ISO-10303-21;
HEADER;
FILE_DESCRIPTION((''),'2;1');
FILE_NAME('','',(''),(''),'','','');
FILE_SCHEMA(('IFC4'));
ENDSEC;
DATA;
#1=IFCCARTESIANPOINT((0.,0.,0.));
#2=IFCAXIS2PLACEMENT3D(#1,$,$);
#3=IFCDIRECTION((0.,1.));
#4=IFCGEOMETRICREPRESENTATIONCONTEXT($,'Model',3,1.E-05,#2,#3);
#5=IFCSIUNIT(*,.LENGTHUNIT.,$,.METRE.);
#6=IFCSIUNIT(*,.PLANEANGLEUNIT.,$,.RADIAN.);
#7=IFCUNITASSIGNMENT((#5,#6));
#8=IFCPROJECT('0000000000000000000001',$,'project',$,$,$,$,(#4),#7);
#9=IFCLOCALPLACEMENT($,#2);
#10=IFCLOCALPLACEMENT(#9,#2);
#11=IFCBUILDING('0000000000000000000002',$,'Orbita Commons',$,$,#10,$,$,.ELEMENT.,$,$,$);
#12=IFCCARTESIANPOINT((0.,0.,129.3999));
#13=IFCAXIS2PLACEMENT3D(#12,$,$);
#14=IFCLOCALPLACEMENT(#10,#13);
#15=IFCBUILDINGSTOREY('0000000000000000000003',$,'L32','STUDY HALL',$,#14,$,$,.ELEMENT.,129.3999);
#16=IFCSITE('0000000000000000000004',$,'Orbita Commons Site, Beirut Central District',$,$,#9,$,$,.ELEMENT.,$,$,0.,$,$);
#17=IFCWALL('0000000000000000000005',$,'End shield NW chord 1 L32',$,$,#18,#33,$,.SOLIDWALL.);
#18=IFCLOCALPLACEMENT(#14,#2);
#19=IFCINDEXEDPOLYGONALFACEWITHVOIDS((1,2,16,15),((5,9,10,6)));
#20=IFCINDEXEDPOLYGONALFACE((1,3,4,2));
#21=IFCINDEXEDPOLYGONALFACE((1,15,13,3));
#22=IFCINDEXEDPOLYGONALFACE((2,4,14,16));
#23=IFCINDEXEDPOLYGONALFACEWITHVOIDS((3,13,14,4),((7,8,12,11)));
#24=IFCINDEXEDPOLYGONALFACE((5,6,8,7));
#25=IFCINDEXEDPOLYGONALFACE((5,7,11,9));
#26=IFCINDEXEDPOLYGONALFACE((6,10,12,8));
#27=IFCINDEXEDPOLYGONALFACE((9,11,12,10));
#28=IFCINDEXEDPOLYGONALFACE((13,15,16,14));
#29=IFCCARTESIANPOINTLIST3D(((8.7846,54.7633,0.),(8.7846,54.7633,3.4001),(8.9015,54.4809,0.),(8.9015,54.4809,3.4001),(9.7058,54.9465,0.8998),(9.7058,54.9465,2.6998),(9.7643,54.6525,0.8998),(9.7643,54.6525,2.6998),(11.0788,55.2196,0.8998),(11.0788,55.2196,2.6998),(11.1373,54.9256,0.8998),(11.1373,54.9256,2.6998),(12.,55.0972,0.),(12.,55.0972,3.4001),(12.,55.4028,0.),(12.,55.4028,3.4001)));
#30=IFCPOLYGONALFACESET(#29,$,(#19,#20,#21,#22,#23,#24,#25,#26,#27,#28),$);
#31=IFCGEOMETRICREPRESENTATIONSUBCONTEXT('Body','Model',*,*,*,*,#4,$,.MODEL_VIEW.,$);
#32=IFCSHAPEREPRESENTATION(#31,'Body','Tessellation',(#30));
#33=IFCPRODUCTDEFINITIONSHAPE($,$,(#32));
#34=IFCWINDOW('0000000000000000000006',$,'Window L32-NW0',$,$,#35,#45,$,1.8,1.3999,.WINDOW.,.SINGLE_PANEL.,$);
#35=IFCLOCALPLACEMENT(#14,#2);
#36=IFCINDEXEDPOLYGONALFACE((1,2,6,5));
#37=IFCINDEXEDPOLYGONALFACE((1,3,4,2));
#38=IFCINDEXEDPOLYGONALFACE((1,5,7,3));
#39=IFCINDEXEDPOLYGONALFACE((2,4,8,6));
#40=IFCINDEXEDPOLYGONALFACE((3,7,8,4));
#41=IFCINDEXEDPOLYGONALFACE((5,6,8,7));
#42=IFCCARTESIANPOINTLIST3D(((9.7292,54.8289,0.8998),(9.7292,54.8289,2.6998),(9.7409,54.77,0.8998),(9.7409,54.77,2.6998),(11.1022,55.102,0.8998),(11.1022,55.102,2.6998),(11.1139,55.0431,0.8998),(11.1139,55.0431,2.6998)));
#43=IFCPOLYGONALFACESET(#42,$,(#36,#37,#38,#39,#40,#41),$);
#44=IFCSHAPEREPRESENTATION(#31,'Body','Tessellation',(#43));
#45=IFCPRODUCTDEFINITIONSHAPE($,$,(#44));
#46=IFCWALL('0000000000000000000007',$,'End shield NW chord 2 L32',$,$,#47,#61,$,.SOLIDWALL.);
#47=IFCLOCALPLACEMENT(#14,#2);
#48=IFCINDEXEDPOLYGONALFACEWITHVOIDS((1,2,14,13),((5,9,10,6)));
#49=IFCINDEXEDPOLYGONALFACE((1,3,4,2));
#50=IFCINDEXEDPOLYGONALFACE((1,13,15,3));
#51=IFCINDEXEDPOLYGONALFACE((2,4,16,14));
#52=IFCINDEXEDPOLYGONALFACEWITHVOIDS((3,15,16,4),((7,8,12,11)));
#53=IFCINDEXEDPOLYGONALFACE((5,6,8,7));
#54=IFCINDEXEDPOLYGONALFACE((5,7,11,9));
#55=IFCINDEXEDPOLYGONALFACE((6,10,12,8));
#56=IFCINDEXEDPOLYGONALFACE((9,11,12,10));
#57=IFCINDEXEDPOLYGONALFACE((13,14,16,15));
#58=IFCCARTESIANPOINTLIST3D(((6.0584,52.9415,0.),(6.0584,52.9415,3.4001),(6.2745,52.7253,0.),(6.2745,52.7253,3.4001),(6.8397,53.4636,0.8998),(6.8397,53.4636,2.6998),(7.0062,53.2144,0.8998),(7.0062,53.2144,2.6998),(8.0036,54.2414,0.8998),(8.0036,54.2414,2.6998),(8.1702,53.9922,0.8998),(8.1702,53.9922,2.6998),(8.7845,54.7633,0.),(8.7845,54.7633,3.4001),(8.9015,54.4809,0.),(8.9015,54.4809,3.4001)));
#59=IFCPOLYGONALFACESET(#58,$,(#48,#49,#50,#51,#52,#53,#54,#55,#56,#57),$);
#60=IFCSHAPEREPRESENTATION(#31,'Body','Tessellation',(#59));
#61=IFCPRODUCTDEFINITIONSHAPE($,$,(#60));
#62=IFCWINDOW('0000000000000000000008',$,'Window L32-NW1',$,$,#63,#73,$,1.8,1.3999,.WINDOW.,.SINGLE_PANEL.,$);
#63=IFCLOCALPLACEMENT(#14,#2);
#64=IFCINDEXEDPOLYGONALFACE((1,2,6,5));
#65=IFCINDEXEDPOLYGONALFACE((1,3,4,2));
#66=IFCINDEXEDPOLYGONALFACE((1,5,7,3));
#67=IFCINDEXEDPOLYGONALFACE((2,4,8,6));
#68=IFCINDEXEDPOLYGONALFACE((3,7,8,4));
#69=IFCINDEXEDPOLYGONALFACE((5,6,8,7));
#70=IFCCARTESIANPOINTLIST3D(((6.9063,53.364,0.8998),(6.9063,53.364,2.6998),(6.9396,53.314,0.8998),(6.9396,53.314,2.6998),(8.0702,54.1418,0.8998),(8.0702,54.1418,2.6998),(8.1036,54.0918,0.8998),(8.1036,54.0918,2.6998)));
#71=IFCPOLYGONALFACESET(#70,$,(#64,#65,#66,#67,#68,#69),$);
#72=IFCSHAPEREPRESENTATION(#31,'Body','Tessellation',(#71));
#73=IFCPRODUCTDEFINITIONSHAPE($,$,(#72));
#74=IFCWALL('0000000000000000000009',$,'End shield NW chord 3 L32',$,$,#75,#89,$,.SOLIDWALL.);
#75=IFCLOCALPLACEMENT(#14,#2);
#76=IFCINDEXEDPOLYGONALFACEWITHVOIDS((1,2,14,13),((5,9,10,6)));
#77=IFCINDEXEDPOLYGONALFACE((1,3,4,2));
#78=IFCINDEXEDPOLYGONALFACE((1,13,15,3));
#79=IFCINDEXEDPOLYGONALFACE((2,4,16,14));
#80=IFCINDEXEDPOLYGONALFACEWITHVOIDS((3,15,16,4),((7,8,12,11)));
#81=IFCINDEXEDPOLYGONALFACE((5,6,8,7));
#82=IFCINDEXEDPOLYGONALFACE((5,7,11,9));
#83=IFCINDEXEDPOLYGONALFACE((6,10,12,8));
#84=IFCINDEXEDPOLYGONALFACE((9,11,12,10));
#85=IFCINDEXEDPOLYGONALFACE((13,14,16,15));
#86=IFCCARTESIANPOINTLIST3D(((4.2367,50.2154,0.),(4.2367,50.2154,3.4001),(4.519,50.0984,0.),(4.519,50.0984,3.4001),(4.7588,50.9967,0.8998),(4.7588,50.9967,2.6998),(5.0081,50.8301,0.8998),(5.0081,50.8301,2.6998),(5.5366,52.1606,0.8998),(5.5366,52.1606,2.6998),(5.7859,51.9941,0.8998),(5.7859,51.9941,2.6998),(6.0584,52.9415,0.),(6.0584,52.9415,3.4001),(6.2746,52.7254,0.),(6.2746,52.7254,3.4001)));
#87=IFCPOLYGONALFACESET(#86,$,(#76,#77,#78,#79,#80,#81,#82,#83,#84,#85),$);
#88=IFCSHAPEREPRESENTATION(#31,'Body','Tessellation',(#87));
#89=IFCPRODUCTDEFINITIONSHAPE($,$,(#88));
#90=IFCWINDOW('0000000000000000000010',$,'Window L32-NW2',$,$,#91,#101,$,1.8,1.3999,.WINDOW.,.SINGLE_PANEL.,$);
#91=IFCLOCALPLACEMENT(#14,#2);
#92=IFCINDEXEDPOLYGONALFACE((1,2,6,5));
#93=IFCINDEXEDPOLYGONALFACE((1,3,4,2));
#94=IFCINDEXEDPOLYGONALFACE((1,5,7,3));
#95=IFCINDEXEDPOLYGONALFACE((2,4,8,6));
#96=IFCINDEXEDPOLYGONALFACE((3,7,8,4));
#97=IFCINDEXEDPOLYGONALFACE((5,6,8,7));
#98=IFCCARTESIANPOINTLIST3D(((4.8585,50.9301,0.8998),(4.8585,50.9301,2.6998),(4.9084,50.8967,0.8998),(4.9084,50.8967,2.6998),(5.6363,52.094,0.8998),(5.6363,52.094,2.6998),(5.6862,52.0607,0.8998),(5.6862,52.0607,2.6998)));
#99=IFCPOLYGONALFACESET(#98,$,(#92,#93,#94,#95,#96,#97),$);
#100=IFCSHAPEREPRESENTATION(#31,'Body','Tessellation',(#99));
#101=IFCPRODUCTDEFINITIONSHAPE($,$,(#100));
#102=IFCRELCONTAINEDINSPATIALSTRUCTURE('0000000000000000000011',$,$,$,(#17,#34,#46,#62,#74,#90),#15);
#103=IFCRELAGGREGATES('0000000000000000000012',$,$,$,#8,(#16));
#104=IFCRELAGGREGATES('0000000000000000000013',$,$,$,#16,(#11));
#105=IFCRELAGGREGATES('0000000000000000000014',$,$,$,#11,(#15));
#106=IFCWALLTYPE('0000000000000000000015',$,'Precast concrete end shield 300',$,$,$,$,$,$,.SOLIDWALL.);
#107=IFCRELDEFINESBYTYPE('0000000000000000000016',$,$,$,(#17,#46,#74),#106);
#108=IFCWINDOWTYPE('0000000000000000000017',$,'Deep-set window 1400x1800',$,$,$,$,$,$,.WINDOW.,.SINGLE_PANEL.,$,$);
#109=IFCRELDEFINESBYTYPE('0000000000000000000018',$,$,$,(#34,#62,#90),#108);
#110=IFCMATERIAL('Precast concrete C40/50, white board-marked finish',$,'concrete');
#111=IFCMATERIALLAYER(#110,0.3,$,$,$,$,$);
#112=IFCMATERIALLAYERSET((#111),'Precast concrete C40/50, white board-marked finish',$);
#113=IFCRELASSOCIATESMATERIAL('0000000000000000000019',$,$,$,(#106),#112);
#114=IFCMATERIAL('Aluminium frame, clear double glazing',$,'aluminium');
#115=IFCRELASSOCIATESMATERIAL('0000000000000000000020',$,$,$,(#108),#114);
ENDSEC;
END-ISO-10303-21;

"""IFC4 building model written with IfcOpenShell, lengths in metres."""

from ifc_helpers import new_model, si_unit, direction, frame, frame_2d, origin, place, context, subcontext, project, spatial, polyline, rectangle, outline, extrude, material, layer, layer_set, type_object, element, fill, save


model = new_model("IFC4")

# Units and contexts
model_context = context("Model", 3, precision=1e-05, world=origin(), true_north=direction((0.0, 1.0)))
body_context = subcontext(model_context, "Body", "Model", "MODEL_VIEW")
ifc_project = project(units=[si_unit("LENGTHUNIT", "METRE"), si_unit("PLANEANGLEUNIT", "RADIAN")], contexts=[model_context])

# Site, building, storey
site_placement = place(None, origin())
site = spatial("IfcSite", under=ifc_project, at=site_placement, Name="Orbita Commons Site, Beirut Central District", CompositionType="ELEMENT", RefElevation=0.0)
building_placement = place(site_placement, origin())
building = spatial("IfcBuilding", under=site, at=building_placement, Name="Orbita Commons", CompositionType="ELEMENT")
storey_placement = place(building_placement, frame((0.0, 0.0, 129.3999)))
storey = spatial("IfcBuildingStorey", under=building, at=storey_placement, Name="L32", Description="STUDY HALL", CompositionType="ELEMENT", Elevation=129.3999)

# Walls, openings, windows
ifc_material_1 = material(Name="Precast concrete C40/50, white board-marked finish", Category="concrete")
ifc_layer_1 = layer(ifc_material_1, 0.3)
ifc_layer_set_1 = layer_set([ifc_layer_1], Name="Precast concrete C40/50, white board-marked finish")
wall_type_1 = type_object("IfcWallType", Name="Precast concrete end shield 300", PredefinedType="SOLIDWALL", material=ifc_layer_set_1)
wall_1_placement = place(storey_placement, frame((12.0, 55.25, 0.0), z_axis=(0.0, 0.0, 1.0), x_axis=(-0.980787, -0.19508, 0.0)))
wall_1 = element("IfcWall", 1, at=wall_1_placement, inside=storey, type_object=wall_type_1, Name="End shield NW chord 1 L32", PredefinedType="SOLIDWALL", context=body_context, shape_type="SweptSolid", body=[
    extrude(outline(polyline([(-0.0298, -0.1499), (3.2485, -0.1499), (3.189, 0.1499), (0.0298, 0.1499), (-0.0298, -0.1499)])), origin(), (0.0, 0.0, 1.0), 3.4001),
])
opening_1_placement = place(wall_1_placement, frame((0.9094, 0.0, 0.8999)))
opening_1 = element("IfcOpeningElement", 2, at=opening_1_placement, cuts=wall_1, PredefinedType="OPENING", context=body_context, shape_type="SweptSolid", body=[
    extrude(rectangle(XDim=1.3999, YDim=1.8, at=frame_2d((0.7, 0.8999))), frame((0.0, 0.1599, 0.0), z_axis=(0.0, -1.0, 0.0), x_axis=(1.0, 0.0, 0.0)), (0.0, 0.0, 1.0), 0.3201),
])
ifc_material_2 = material(Name="Aluminium frame, clear double glazing", Category="aluminium")
window_type = type_object("IfcWindowType", Name="Deep-set window 1400x1800", PartitioningType="SINGLE_PANEL", PredefinedType="WINDOW", material=ifc_material_2)
window_1_placement = place(opening_1_placement, origin())
window_1 = element("IfcWindow", 3, at=window_1_placement, inside=storey, type_object=window_type, Name="Window L32-NW0", OverallHeight=1.8, OverallWidth=1.3999, PartitioningType="SINGLE_PANEL", PredefinedType="WINDOW", context=body_context, shape_type="SweptSolid", body=[
    extrude(rectangle(XDim=1.3999, YDim=1.8, at=frame_2d((0.7, 0.8999))), frame((0.0, 0.03, 0.0), z_axis=(0.0, -1.0, 0.0), x_axis=(1.0, 0.0, 0.0)), (0.0, 0.0, 1.0), 0.0601),
])
fill(opening_1, window_1)
wall_2_placement = place(storey_placement, frame((8.843, 54.6221, 0.0), z_axis=(0.0, 0.0, 1.0), x_axis=(-0.831443, -0.55561, 0.0)))
wall_2 = element("IfcWall", 4, at=wall_2_placement, inside=storey, type_object=wall_type_1, Name="End shield NW chord 2 L32", PredefinedType="SOLIDWALL", context=body_context, shape_type="SweptSolid", body=[
    extrude(outline(polyline([(-0.0298, -0.1499), (3.249, -0.1499), (3.1895, 0.1499), (0.0298, 0.1499), (-0.0298, -0.1499)])), origin(), (0.0, 0.0, 1.0), 3.4001),
])
opening_2_placement = place(wall_2_placement, frame((0.9094, 0.0, 0.8999)))
opening_2 = element("IfcOpeningElement", 5, at=opening_2_placement, cuts=wall_2, PredefinedType="OPENING", context=body_context, shape_type="SweptSolid", body=[
    extrude(rectangle(XDim=1.3999, YDim=1.8, at=frame_2d((0.7, 0.8999))), frame((0.0, 0.1599, 0.0), z_axis=(0.0, -1.0, 0.0), x_axis=(1.0, 0.0, 0.0)), (0.0, 0.0, 1.0), 0.3201),
])
window_2_placement = place(opening_2_placement, origin())
window_2 = element("IfcWindow", 6, at=window_2_placement, inside=storey, type_object=window_type, Name="Window L32-NW1", OverallHeight=1.8, OverallWidth=1.3999, PartitioningType="SINGLE_PANEL", PredefinedType="WINDOW", context=body_context, shape_type="SweptSolid", body=[
    extrude(rectangle(XDim=1.3999, YDim=1.8, at=frame_2d((0.7, 0.8999))), frame((0.0, 0.03, 0.0), z_axis=(0.0, -1.0, 0.0), x_axis=(1.0, 0.0, 0.0)), (0.0, 0.0, 1.0), 0.0601),
])
fill(opening_2, window_2)
wall_3_placement = place(storey_placement, frame((6.1665, 52.8335, 0.0), z_axis=(0.0, 0.0, 1.0), x_axis=(-0.55561, -0.831443, 0.0)))
wall_3 = element("IfcWall", 7, at=wall_3_placement, inside=storey, type_object=wall_type_1, Name="End shield NW chord 3 L32", PredefinedType="SOLIDWALL", context=body_context, shape_type="SweptSolid", body=[
    extrude(outline(polyline([(-0.0298, -0.1499), (3.249, -0.1499), (3.1895, 0.1499), (0.0298, 0.1499), (-0.0298, -0.1499)])), origin(), (0.0, 0.0, 1.0), 3.4001),
])
opening_3_placement = place(wall_3_placement, frame((0.9094, 0.0, 0.8999)))
opening_3 = element("IfcOpeningElement", 8, at=opening_3_placement, cuts=wall_3, PredefinedType="OPENING", context=body_context, shape_type="SweptSolid", body=[
    extrude(rectangle(XDim=1.3999, YDim=1.8, at=frame_2d((0.7, 0.8999))), frame((0.0, 0.1599, 0.0), z_axis=(0.0, -1.0, 0.0), x_axis=(1.0, 0.0, 0.0)), (0.0, 0.0, 1.0), 0.3201),
])
window_3_placement = place(opening_3_placement, origin())
window_3 = element("IfcWindow", 9, at=window_3_placement, inside=storey, type_object=window_type, Name="Window L32-NW2", OverallHeight=1.8, OverallWidth=1.3999, PartitioningType="SINGLE_PANEL", PredefinedType="WINDOW", context=body_context, shape_type="SweptSolid", body=[
    extrude(rectangle(XDim=1.3999, YDim=1.8, at=frame_2d((0.7, 0.8999))), frame((0.0, 0.03, 0.0), z_axis=(0.0, -1.0, 0.0), x_axis=(1.0, 0.0, 0.0)), (0.0, 0.0, 1.0), 0.0601),
])
fill(opening_3, window_3)

save(model, "model.ifc")
